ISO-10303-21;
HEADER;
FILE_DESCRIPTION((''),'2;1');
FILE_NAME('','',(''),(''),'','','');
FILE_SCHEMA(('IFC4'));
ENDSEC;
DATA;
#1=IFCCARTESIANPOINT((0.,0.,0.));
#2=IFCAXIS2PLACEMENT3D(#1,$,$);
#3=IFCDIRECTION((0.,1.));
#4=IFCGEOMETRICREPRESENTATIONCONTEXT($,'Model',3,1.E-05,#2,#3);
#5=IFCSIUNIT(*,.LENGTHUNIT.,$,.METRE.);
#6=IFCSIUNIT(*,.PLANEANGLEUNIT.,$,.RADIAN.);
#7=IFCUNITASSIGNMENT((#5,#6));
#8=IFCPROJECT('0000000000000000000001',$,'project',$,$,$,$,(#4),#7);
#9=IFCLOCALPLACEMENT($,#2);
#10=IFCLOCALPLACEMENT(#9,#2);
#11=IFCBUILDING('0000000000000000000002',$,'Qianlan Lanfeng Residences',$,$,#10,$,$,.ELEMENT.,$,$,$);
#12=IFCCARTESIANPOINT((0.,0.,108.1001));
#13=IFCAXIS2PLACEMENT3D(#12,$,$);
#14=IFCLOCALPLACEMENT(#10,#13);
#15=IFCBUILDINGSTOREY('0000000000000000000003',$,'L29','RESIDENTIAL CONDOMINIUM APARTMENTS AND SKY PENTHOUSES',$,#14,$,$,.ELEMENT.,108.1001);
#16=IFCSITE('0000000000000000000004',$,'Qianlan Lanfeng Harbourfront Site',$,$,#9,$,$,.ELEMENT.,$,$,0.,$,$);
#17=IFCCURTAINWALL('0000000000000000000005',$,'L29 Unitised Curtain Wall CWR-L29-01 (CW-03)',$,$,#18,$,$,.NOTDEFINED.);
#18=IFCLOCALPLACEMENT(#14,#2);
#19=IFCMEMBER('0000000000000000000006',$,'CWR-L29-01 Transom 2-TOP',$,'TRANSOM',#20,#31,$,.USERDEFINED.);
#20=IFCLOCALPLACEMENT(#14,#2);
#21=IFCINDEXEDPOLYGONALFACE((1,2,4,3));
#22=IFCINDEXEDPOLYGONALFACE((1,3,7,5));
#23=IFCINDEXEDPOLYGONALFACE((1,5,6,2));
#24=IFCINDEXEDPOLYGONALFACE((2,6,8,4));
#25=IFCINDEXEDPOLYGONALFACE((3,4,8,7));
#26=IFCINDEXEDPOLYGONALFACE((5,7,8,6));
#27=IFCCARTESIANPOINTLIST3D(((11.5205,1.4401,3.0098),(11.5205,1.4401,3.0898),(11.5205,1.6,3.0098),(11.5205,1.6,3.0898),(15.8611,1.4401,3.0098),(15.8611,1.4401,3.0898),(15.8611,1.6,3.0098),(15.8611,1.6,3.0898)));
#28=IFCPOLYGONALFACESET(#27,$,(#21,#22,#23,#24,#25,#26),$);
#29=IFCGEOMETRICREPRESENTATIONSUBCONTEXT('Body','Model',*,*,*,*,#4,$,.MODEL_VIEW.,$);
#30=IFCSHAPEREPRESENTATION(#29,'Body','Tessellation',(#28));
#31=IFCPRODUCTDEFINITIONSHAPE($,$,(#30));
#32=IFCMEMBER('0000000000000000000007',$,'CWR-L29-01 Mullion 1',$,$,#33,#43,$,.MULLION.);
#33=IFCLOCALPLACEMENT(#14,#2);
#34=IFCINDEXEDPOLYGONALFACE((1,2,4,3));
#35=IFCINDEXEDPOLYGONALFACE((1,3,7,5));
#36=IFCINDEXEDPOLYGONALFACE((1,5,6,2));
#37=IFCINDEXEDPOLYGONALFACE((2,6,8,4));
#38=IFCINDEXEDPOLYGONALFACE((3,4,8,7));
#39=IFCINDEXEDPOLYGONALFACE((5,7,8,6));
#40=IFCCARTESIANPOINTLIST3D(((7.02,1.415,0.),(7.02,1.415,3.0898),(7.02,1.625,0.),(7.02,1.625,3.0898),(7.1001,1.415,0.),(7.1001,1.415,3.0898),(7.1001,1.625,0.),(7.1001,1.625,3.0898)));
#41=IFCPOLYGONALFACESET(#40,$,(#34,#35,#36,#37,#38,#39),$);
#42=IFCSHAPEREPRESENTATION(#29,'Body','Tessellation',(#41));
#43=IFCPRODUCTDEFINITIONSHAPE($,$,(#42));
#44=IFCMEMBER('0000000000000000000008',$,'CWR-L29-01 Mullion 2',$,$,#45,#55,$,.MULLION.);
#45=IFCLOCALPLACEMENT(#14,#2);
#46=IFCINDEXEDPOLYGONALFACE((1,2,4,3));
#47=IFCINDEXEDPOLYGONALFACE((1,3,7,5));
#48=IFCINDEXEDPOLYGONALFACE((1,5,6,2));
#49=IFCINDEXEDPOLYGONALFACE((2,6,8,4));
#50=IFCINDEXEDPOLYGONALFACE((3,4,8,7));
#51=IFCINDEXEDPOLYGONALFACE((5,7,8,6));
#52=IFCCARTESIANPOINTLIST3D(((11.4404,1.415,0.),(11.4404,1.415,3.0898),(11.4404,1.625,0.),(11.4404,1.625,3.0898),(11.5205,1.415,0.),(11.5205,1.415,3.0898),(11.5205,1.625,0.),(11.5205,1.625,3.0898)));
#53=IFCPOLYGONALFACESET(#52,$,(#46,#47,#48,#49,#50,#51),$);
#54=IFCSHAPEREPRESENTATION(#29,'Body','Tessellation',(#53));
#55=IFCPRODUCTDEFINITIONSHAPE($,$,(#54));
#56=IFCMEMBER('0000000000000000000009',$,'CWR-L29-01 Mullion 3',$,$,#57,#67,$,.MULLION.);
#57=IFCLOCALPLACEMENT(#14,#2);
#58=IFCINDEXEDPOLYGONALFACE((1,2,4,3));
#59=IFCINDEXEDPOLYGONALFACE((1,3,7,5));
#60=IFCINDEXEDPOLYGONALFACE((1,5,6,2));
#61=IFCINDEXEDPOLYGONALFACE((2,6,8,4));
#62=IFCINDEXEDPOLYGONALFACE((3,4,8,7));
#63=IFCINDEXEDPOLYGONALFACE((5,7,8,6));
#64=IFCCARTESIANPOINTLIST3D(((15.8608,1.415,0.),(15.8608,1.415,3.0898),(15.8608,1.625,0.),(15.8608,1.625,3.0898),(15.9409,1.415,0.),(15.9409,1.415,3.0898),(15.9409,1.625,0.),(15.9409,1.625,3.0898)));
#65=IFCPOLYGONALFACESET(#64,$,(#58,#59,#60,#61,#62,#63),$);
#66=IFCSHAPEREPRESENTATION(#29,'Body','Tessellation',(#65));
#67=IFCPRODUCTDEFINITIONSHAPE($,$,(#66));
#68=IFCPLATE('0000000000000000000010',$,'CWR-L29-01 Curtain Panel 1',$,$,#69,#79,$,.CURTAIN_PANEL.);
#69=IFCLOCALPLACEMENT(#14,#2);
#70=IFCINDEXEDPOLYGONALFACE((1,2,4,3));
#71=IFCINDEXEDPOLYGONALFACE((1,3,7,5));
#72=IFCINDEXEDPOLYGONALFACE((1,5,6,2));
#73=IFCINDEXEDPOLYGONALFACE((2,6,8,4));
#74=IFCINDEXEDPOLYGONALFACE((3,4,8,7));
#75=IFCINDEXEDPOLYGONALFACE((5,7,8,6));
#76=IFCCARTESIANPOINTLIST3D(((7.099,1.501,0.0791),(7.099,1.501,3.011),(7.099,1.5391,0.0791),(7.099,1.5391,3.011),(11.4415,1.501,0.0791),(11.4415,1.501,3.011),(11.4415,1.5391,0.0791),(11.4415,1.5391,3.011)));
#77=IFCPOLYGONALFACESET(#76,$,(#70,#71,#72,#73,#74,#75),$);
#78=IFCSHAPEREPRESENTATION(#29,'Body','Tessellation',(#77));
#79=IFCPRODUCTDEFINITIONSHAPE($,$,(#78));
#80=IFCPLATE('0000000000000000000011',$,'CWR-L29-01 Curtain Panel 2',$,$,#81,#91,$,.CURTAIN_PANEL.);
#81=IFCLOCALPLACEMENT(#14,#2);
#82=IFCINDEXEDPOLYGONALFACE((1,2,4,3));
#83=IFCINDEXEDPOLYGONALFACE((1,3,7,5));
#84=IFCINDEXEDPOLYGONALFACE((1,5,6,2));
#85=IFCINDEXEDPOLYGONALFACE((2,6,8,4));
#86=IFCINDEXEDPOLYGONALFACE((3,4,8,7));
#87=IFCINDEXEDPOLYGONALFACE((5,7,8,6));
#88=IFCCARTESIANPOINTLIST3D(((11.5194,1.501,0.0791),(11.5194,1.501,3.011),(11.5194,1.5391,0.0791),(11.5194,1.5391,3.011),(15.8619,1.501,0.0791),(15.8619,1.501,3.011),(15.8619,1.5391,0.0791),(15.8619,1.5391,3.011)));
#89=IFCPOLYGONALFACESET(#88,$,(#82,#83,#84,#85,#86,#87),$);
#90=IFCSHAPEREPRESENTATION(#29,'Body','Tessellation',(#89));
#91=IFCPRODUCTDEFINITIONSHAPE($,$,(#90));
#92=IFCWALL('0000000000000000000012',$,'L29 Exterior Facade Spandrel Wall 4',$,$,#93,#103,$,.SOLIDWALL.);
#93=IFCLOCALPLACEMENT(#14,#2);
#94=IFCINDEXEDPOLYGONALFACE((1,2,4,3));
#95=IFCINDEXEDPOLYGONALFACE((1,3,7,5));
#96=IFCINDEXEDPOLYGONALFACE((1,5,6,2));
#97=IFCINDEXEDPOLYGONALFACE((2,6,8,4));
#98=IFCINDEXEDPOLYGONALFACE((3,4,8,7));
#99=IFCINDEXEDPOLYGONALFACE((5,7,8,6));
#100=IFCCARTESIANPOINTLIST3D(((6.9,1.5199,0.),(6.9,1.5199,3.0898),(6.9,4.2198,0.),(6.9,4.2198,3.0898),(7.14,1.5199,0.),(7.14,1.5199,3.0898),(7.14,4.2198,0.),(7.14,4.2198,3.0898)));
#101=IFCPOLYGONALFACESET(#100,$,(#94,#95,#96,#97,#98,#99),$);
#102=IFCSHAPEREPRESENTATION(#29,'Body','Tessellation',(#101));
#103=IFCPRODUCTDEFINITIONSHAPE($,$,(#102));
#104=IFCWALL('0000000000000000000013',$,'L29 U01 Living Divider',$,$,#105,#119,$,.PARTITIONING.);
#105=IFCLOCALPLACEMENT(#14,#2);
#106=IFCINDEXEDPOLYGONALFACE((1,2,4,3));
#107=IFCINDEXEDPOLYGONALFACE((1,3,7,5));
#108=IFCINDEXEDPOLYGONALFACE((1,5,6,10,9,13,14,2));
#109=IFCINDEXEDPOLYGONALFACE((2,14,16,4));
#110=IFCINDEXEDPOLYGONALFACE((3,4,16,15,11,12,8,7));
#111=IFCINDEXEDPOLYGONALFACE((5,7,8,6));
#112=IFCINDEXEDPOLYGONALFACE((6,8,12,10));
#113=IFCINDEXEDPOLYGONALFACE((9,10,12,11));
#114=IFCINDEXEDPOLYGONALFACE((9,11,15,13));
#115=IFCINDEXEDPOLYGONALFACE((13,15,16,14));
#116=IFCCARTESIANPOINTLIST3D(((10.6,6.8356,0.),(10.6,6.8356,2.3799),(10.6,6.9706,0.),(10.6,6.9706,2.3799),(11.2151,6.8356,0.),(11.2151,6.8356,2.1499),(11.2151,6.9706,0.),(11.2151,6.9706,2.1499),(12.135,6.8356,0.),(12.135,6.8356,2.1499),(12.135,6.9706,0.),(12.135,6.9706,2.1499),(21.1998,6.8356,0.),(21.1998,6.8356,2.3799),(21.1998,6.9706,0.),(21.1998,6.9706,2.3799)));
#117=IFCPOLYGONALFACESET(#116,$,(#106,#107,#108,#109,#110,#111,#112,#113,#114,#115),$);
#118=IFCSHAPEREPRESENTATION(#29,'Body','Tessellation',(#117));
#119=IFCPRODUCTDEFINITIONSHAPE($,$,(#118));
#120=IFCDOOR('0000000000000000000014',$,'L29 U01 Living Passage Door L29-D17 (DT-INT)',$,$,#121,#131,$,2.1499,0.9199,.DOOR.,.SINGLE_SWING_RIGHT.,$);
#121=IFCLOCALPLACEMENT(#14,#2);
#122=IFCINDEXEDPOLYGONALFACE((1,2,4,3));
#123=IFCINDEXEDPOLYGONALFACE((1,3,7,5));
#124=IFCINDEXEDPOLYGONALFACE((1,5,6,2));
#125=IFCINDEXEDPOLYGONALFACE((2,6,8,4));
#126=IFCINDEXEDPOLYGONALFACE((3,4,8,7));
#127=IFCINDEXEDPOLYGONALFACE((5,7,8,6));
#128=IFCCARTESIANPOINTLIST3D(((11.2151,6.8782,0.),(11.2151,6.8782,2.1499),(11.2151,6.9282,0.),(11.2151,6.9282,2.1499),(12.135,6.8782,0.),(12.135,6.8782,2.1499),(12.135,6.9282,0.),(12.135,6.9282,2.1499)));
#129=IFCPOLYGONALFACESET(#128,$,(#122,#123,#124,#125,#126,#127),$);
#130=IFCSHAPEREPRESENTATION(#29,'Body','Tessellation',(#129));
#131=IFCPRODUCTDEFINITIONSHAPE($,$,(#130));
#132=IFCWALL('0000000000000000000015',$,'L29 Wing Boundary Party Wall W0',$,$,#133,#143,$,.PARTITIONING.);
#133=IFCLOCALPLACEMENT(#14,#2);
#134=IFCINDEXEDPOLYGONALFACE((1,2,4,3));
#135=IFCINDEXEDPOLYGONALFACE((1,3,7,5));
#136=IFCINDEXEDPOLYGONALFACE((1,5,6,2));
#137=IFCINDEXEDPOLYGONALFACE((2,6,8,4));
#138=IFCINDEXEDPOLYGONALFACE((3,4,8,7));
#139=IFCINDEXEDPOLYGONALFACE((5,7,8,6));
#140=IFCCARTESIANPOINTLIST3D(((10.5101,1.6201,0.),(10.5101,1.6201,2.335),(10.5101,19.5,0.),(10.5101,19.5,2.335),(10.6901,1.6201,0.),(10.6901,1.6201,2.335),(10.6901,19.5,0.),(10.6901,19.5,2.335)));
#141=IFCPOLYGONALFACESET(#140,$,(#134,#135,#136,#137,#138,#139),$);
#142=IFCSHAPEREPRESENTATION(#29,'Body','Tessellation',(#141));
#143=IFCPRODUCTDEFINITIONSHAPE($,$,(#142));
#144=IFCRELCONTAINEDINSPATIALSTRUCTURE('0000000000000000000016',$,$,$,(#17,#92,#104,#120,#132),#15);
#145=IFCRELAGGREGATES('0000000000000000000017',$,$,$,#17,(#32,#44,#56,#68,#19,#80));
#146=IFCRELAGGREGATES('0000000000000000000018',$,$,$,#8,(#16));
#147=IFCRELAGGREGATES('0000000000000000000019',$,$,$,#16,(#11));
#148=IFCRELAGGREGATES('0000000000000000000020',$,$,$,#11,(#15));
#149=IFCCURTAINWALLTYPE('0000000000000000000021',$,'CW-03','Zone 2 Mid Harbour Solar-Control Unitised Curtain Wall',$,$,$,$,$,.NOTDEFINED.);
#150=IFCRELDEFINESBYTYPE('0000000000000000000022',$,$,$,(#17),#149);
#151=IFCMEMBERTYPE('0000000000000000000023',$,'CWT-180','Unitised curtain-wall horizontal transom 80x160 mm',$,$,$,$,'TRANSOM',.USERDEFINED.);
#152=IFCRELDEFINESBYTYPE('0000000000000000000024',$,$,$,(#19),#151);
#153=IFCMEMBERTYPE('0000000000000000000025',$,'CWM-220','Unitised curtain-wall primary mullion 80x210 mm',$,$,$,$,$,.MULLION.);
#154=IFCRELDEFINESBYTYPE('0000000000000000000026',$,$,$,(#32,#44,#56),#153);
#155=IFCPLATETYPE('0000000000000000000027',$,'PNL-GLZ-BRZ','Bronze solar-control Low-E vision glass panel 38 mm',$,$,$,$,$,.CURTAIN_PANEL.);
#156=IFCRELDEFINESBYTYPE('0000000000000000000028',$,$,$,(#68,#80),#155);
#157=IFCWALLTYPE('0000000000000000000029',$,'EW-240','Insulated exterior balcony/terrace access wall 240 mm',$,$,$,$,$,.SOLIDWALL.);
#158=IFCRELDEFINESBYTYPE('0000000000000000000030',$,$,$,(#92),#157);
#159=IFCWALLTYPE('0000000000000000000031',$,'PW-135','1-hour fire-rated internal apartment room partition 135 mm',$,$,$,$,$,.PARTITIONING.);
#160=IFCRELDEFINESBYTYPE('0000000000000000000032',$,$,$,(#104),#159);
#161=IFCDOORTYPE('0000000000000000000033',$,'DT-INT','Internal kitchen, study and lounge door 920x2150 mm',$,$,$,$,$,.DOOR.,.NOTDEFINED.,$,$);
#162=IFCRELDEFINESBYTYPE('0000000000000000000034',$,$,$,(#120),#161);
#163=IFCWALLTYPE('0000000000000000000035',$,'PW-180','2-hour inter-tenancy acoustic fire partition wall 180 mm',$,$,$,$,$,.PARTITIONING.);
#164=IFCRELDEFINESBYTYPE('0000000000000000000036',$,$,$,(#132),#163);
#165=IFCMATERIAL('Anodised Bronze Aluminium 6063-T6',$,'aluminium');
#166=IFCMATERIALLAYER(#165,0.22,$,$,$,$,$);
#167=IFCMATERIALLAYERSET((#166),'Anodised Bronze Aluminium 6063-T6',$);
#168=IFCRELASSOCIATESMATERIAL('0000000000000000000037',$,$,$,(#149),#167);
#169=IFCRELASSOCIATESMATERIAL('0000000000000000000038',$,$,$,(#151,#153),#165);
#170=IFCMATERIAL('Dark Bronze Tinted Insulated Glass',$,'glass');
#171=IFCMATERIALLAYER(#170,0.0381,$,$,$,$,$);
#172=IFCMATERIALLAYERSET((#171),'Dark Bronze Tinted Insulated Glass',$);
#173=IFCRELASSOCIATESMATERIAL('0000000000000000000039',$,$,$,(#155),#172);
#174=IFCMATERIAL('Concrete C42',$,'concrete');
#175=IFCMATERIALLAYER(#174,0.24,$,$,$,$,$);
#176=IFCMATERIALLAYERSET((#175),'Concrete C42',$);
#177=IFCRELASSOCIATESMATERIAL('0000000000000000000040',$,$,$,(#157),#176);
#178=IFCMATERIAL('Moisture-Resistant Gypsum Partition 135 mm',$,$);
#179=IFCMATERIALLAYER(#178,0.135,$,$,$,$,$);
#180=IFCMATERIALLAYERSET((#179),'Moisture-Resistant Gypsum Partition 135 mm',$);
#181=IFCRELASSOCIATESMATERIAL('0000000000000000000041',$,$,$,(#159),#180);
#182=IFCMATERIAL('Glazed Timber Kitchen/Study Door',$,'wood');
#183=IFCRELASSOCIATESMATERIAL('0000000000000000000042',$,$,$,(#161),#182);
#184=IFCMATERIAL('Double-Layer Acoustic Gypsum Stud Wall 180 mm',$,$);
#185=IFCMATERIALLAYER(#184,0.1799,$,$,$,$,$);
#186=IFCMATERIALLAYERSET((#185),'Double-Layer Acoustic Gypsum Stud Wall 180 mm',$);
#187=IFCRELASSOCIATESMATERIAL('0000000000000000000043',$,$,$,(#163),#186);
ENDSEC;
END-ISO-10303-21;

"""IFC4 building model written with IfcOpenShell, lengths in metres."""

from ifc_helpers import new_model, si_unit, direction, frame, frame_2d, origin, origin_2d, place, context, subcontext, project, spatial, rectangle, extrude, source, transform, mapped, material, layer, layer_set, material_profile, profile_set, type_object, element, fill, aggregate, save


model = new_model("IFC4")

# Units and contexts
model_context = context("Model", 3, precision=1e-05, world=origin(), true_north=direction((0.0, 1.0)))
body_context = subcontext(model_context, "Body", "Model", "MODEL_VIEW")
ifc_project = project(units=[si_unit("LENGTHUNIT", "METRE"), si_unit("PLANEANGLEUNIT", "RADIAN")], contexts=[model_context])

# Site, building, storey
site_placement = place(None, origin())
site = spatial("IfcSite", under=ifc_project, at=site_placement, Name="Qianlan Lanfeng Harbourfront Site", CompositionType="ELEMENT", RefElevation=0.0)
building_placement = place(site_placement, origin())
building = spatial("IfcBuilding", under=site, at=building_placement, Name="Qianlan Lanfeng Residences", CompositionType="ELEMENT")
storey_placement = place(building_placement, frame((0.0, 0.0, 108.1001)))
storey = spatial("IfcBuildingStorey", under=building, at=storey_placement, Name="L29", Description="RESIDENTIAL CONDOMINIUM APARTMENTS AND SKY PENTHOUSES", CompositionType="ELEMENT", Elevation=108.1001)

# Curtain wall, members, plates
ifc_material_1 = material(Name="Anodised Bronze Aluminium 6063-T6", Category="aluminium")
ifc_layer_1 = layer(ifc_material_1, 0.22)
ifc_layer_set_1 = layer_set([ifc_layer_1], Name="Anodised Bronze Aluminium 6063-T6")
curtain_wall_type = type_object("IfcCurtainWallType", Name="CW-03", Description="Zone 2 Mid Harbour Solar-Control Unitised Curtain Wall", PredefinedType="NOTDEFINED", material=ifc_layer_set_1)
curtain_wall_placement = place(storey_placement, origin())
curtain_wall = element("IfcCurtainWall", 1, at=curtain_wall_placement, inside=storey, type_object=curtain_wall_type, Name="L29 Unitised Curtain Wall CWR-L29-01 (CW-03)", PredefinedType="NOTDEFINED")
ifc_material_profile_1 = material_profile(ifc_material_1, rectangle(XDim=0.0801, YDim=0.1599, at=origin_2d()), Name="ALU TRANSOM 80x160")
ifc_profile_set_1 = profile_set([ifc_material_profile_1], Name="Anodised Bronze Aluminium 6063-T6")
member_type_1 = type_object("IfcMemberType", Name="CWT-180", Description="Unitised curtain-wall horizontal transom 80x160 mm", ElementType="TRANSOM", PredefinedType="USERDEFINED", material=ifc_profile_set_1)
shared_shape_1 = source(origin(), body_context, "Body", "SweptSolid", [
    extrude(rectangle(XDim=0.0801, YDim=0.1599, at=origin_2d()), origin(), (0.0, 0.0, 1.0), 4.3406),
])
member_1_placement = place(storey_placement, frame((11.5205, 1.52, 3.0498), z_axis=(1.0, 0.0, 0.0), x_axis=(0.0, 0.0, 1.0)))
member_1 = element("IfcMember", 2, at=member_1_placement, type_object=member_type_1, Name="CWR-L29-01 Transom 2-TOP", ObjectType="TRANSOM", PredefinedType="USERDEFINED", context=body_context, shape_type="MappedRepresentation", body=[
    mapped(shared_shape_1, transform((0.0, 0.0, 0.0), scale=1.0)),
])
ifc_material_profile_2 = material_profile(ifc_material_1, rectangle(XDim=0.0801, YDim=0.21, at=origin_2d()), Name="ALU MULLION 80x210")
ifc_profile_set_2 = profile_set([ifc_material_profile_2], Name="Anodised Bronze Aluminium 6063-T6")
member_type_2 = type_object("IfcMemberType", Name="CWM-220", Description="Unitised curtain-wall primary mullion 80x210 mm", PredefinedType="MULLION", material=ifc_profile_set_2)
shared_shape_2 = source(origin(), body_context, "Body", "SweptSolid", [
    extrude(rectangle(XDim=0.0801, YDim=0.21, at=origin_2d()), origin(), (0.0, 0.0, 1.0), 3.0898),
])
member_2_placement = place(storey_placement, frame((7.0601, 1.52, 0.0), z_axis=(0.0, 0.0, 1.0), x_axis=(1.0, 0.0, 0.0)))
member_2 = element("IfcMember", 3, at=member_2_placement, type_object=member_type_2, Name="CWR-L29-01 Mullion 1", PredefinedType="MULLION", context=body_context, shape_type="MappedRepresentation", body=[
    mapped(shared_shape_2, transform((0.0, 0.0, 0.0), scale=1.0)),
])
member_3_placement = place(storey_placement, frame((11.4805, 1.52, 0.0), z_axis=(0.0, 0.0, 1.0), x_axis=(1.0, 0.0, 0.0)))
member_3 = element("IfcMember", 4, at=member_3_placement, type_object=member_type_2, Name="CWR-L29-01 Mullion 2", PredefinedType="MULLION", context=body_context, shape_type="MappedRepresentation", body=[
    mapped(shared_shape_2, transform((0.0, 0.0, 0.0), scale=1.0)),
])
member_4_placement = place(storey_placement, frame((15.9009, 1.52, 0.0), z_axis=(0.0, 0.0, 1.0), x_axis=(1.0, 0.0, 0.0)))
member_4 = element("IfcMember", 5, at=member_4_placement, type_object=member_type_2, Name="CWR-L29-01 Mullion 3", PredefinedType="MULLION", context=body_context, shape_type="MappedRepresentation", body=[
    mapped(shared_shape_2, transform((0.0, 0.0, 0.0), scale=1.0)),
])
ifc_material_2 = material(Name="Dark Bronze Tinted Insulated Glass", Category="glass")
ifc_layer_2 = layer(ifc_material_2, 0.0381)
ifc_layer_set_2 = layer_set([ifc_layer_2], Name="Dark Bronze Tinted Insulated Glass")
plate_type = type_object("IfcPlateType", Name="PNL-GLZ-BRZ", Description="Bronze solar-control Low-E vision glass panel 38 mm", PredefinedType="CURTAIN_PANEL", material=ifc_layer_set_2)
shared_shape_3 = source(origin(), body_context, "Body", "SweptSolid", [
    extrude(rectangle(XDim=4.3425, YDim=0.0381, at=origin_2d()), origin(), (0.0, 0.0, 1.0), 2.9319),
])
plate_1_placement = place(storey_placement, frame((9.2703, 1.52, 0.0791), z_axis=(0.0, 0.0, 1.0), x_axis=(1.0, 0.0, 0.0)))
plate_1 = element("IfcPlate", 6, at=plate_1_placement, type_object=plate_type, Name="CWR-L29-01 Curtain Panel 1", PredefinedType="CURTAIN_PANEL", context=body_context, shape_type="MappedRepresentation", body=[
    mapped(shared_shape_3, transform((0.0, 0.0, 0.0), scale=1.0)),
])
plate_2_placement = place(storey_placement, frame((13.6907, 1.52, 0.0791), z_axis=(0.0, 0.0, 1.0), x_axis=(1.0, 0.0, 0.0)))
plate_2 = element("IfcPlate", 7, at=plate_2_placement, type_object=plate_type, Name="CWR-L29-01 Curtain Panel 2", PredefinedType="CURTAIN_PANEL", context=body_context, shape_type="MappedRepresentation", body=[
    mapped(shared_shape_3, transform((0.0, 0.0, 0.0), scale=1.0)),
])
aggregate(curtain_wall, [member_2, member_3, member_4, plate_1, member_1, plate_2])

# Wall
ifc_material_3 = material(Name="Concrete C42", Category="concrete")
ifc_layer_3 = layer(ifc_material_3, 0.24)
ifc_layer_set_3 = layer_set([ifc_layer_3], Name="Concrete C42")
wall_type_1 = type_object("IfcWallType", Name="EW-240", Description="Insulated exterior balcony/terrace access wall 240 mm", PredefinedType="SOLIDWALL", material=ifc_layer_set_3)
wall_1_placement = place(storey_placement, frame((7.02, 4.22, 0.0), z_axis=(0.0, 0.0, 1.0), x_axis=(0.0, -1.0, 0.0)))
element("IfcWall", 8, at=wall_1_placement, inside=storey, type_object=wall_type_1, Name="L29 Exterior Facade Spandrel Wall 4", PredefinedType="SOLIDWALL", context=body_context, shape_type="SweptSolid", body=[
    extrude(rectangle(XDim=2.7, YDim=0.24, at=frame_2d((1.3501, 0.0))), origin(), (0.0, 0.0, 1.0), 3.0898),
])

# Wall, opening, door
ifc_material_4 = material(Name="Moisture-Resistant Gypsum Partition 135 mm")
ifc_layer_4 = layer(ifc_material_4, 0.135)
ifc_layer_set_4 = layer_set([ifc_layer_4], Name="Moisture-Resistant Gypsum Partition 135 mm")
wall_type_2 = type_object("IfcWallType", Name="PW-135", Description="1-hour fire-rated internal apartment room partition 135 mm", PredefinedType="PARTITIONING", material=ifc_layer_set_4)
wall_2_placement = place(storey_placement, frame((10.6001, 6.9031, 0.0), z_axis=(0.0, 0.0, 1.0), x_axis=(1.0, 0.0, 0.0)))
wall_2 = element("IfcWall", 9, at=wall_2_placement, inside=storey, type_object=wall_type_2, Name="L29 U01 Living Divider", PredefinedType="PARTITIONING", context=body_context, shape_type="SweptSolid", body=[
    extrude(rectangle(XDim=10.5999, YDim=0.135, at=frame_2d((5.2998, 0.0))), origin(), (0.0, 0.0, 1.0), 2.3799),
])
opening_1_placement = place(wall_2_placement, frame((0.615, 0.0, 0.0)))
opening_1 = element("IfcOpeningElement", 10, at=opening_1_placement, cuts=wall_2, PredefinedType="OPENING", context=body_context, shape_type="SweptSolid", body=[
    extrude(rectangle(XDim=0.9199, YDim=2.1499, at=frame_2d((0.46, 1.075))), frame((0.0, 0.0776, 0.0), z_axis=(0.0, -1.0, 0.0), x_axis=(1.0, 0.0, 0.0)), (0.0, 0.0, 1.0), 0.155),
])
ifc_material_5 = material(Name="Glazed Timber Kitchen/Study Door", Category="wood")
door_type_1 = type_object("IfcDoorType", Name="DT-INT", Description="Internal kitchen, study and lounge door 920x2150 mm", OperationType="NOTDEFINED", PredefinedType="DOOR", material=ifc_material_5)
door_1_placement = place(opening_1_placement, frame((0.9199, 0.0, 0.0), z_axis=(0.0, 0.0, 1.0), x_axis=(-1.0, 0.0, 0.0)))
door_1 = element("IfcDoor", 11, at=door_1_placement, inside=storey, type_object=door_type_1, Name="L29 U01 Living Passage Door L29-D17 (DT-INT)", OperationType="SINGLE_SWING_RIGHT", OverallHeight=2.1499, OverallWidth=0.9199, PredefinedType="DOOR", context=body_context, shape_type="SweptSolid", body=[
    extrude(rectangle(XDim=0.9199, YDim=2.1499, at=frame_2d((0.46, 1.075))), frame((0.0, 0.0249, 0.0), z_axis=(0.0, -1.0, 0.0), x_axis=(1.0, 0.0, 0.0)), (0.0, 0.0, 1.0), 0.05),
])
fill(opening_1, door_1)

# Wall
ifc_material_6 = material(Name="Double-Layer Acoustic Gypsum Stud Wall 180 mm")
ifc_layer_5 = layer(ifc_material_6, 0.1799)
ifc_layer_set_5 = layer_set([ifc_layer_5], Name="Double-Layer Acoustic Gypsum Stud Wall 180 mm")
wall_type_3 = type_object("IfcWallType", Name="PW-180", Description="2-hour inter-tenancy acoustic fire partition wall 180 mm", PredefinedType="PARTITIONING", material=ifc_layer_set_5)
wall_3_placement = place(storey_placement, frame((10.6001, 1.6201, 0.0), z_axis=(0.0, 0.0, 1.0), x_axis=(0.0, 1.0, 0.0)))
element("IfcWall", 12, at=wall_3_placement, inside=storey, type_object=wall_type_3, Name="L29 Wing Boundary Party Wall W0", PredefinedType="PARTITIONING", context=body_context, shape_type="SweptSolid", body=[
    extrude(rectangle(XDim=17.8799, YDim=0.1799, at=frame_2d((8.9399, 0.0))), origin(), (0.0, 0.0, 1.0), 2.335),
])

save(model, "model.ifc")
